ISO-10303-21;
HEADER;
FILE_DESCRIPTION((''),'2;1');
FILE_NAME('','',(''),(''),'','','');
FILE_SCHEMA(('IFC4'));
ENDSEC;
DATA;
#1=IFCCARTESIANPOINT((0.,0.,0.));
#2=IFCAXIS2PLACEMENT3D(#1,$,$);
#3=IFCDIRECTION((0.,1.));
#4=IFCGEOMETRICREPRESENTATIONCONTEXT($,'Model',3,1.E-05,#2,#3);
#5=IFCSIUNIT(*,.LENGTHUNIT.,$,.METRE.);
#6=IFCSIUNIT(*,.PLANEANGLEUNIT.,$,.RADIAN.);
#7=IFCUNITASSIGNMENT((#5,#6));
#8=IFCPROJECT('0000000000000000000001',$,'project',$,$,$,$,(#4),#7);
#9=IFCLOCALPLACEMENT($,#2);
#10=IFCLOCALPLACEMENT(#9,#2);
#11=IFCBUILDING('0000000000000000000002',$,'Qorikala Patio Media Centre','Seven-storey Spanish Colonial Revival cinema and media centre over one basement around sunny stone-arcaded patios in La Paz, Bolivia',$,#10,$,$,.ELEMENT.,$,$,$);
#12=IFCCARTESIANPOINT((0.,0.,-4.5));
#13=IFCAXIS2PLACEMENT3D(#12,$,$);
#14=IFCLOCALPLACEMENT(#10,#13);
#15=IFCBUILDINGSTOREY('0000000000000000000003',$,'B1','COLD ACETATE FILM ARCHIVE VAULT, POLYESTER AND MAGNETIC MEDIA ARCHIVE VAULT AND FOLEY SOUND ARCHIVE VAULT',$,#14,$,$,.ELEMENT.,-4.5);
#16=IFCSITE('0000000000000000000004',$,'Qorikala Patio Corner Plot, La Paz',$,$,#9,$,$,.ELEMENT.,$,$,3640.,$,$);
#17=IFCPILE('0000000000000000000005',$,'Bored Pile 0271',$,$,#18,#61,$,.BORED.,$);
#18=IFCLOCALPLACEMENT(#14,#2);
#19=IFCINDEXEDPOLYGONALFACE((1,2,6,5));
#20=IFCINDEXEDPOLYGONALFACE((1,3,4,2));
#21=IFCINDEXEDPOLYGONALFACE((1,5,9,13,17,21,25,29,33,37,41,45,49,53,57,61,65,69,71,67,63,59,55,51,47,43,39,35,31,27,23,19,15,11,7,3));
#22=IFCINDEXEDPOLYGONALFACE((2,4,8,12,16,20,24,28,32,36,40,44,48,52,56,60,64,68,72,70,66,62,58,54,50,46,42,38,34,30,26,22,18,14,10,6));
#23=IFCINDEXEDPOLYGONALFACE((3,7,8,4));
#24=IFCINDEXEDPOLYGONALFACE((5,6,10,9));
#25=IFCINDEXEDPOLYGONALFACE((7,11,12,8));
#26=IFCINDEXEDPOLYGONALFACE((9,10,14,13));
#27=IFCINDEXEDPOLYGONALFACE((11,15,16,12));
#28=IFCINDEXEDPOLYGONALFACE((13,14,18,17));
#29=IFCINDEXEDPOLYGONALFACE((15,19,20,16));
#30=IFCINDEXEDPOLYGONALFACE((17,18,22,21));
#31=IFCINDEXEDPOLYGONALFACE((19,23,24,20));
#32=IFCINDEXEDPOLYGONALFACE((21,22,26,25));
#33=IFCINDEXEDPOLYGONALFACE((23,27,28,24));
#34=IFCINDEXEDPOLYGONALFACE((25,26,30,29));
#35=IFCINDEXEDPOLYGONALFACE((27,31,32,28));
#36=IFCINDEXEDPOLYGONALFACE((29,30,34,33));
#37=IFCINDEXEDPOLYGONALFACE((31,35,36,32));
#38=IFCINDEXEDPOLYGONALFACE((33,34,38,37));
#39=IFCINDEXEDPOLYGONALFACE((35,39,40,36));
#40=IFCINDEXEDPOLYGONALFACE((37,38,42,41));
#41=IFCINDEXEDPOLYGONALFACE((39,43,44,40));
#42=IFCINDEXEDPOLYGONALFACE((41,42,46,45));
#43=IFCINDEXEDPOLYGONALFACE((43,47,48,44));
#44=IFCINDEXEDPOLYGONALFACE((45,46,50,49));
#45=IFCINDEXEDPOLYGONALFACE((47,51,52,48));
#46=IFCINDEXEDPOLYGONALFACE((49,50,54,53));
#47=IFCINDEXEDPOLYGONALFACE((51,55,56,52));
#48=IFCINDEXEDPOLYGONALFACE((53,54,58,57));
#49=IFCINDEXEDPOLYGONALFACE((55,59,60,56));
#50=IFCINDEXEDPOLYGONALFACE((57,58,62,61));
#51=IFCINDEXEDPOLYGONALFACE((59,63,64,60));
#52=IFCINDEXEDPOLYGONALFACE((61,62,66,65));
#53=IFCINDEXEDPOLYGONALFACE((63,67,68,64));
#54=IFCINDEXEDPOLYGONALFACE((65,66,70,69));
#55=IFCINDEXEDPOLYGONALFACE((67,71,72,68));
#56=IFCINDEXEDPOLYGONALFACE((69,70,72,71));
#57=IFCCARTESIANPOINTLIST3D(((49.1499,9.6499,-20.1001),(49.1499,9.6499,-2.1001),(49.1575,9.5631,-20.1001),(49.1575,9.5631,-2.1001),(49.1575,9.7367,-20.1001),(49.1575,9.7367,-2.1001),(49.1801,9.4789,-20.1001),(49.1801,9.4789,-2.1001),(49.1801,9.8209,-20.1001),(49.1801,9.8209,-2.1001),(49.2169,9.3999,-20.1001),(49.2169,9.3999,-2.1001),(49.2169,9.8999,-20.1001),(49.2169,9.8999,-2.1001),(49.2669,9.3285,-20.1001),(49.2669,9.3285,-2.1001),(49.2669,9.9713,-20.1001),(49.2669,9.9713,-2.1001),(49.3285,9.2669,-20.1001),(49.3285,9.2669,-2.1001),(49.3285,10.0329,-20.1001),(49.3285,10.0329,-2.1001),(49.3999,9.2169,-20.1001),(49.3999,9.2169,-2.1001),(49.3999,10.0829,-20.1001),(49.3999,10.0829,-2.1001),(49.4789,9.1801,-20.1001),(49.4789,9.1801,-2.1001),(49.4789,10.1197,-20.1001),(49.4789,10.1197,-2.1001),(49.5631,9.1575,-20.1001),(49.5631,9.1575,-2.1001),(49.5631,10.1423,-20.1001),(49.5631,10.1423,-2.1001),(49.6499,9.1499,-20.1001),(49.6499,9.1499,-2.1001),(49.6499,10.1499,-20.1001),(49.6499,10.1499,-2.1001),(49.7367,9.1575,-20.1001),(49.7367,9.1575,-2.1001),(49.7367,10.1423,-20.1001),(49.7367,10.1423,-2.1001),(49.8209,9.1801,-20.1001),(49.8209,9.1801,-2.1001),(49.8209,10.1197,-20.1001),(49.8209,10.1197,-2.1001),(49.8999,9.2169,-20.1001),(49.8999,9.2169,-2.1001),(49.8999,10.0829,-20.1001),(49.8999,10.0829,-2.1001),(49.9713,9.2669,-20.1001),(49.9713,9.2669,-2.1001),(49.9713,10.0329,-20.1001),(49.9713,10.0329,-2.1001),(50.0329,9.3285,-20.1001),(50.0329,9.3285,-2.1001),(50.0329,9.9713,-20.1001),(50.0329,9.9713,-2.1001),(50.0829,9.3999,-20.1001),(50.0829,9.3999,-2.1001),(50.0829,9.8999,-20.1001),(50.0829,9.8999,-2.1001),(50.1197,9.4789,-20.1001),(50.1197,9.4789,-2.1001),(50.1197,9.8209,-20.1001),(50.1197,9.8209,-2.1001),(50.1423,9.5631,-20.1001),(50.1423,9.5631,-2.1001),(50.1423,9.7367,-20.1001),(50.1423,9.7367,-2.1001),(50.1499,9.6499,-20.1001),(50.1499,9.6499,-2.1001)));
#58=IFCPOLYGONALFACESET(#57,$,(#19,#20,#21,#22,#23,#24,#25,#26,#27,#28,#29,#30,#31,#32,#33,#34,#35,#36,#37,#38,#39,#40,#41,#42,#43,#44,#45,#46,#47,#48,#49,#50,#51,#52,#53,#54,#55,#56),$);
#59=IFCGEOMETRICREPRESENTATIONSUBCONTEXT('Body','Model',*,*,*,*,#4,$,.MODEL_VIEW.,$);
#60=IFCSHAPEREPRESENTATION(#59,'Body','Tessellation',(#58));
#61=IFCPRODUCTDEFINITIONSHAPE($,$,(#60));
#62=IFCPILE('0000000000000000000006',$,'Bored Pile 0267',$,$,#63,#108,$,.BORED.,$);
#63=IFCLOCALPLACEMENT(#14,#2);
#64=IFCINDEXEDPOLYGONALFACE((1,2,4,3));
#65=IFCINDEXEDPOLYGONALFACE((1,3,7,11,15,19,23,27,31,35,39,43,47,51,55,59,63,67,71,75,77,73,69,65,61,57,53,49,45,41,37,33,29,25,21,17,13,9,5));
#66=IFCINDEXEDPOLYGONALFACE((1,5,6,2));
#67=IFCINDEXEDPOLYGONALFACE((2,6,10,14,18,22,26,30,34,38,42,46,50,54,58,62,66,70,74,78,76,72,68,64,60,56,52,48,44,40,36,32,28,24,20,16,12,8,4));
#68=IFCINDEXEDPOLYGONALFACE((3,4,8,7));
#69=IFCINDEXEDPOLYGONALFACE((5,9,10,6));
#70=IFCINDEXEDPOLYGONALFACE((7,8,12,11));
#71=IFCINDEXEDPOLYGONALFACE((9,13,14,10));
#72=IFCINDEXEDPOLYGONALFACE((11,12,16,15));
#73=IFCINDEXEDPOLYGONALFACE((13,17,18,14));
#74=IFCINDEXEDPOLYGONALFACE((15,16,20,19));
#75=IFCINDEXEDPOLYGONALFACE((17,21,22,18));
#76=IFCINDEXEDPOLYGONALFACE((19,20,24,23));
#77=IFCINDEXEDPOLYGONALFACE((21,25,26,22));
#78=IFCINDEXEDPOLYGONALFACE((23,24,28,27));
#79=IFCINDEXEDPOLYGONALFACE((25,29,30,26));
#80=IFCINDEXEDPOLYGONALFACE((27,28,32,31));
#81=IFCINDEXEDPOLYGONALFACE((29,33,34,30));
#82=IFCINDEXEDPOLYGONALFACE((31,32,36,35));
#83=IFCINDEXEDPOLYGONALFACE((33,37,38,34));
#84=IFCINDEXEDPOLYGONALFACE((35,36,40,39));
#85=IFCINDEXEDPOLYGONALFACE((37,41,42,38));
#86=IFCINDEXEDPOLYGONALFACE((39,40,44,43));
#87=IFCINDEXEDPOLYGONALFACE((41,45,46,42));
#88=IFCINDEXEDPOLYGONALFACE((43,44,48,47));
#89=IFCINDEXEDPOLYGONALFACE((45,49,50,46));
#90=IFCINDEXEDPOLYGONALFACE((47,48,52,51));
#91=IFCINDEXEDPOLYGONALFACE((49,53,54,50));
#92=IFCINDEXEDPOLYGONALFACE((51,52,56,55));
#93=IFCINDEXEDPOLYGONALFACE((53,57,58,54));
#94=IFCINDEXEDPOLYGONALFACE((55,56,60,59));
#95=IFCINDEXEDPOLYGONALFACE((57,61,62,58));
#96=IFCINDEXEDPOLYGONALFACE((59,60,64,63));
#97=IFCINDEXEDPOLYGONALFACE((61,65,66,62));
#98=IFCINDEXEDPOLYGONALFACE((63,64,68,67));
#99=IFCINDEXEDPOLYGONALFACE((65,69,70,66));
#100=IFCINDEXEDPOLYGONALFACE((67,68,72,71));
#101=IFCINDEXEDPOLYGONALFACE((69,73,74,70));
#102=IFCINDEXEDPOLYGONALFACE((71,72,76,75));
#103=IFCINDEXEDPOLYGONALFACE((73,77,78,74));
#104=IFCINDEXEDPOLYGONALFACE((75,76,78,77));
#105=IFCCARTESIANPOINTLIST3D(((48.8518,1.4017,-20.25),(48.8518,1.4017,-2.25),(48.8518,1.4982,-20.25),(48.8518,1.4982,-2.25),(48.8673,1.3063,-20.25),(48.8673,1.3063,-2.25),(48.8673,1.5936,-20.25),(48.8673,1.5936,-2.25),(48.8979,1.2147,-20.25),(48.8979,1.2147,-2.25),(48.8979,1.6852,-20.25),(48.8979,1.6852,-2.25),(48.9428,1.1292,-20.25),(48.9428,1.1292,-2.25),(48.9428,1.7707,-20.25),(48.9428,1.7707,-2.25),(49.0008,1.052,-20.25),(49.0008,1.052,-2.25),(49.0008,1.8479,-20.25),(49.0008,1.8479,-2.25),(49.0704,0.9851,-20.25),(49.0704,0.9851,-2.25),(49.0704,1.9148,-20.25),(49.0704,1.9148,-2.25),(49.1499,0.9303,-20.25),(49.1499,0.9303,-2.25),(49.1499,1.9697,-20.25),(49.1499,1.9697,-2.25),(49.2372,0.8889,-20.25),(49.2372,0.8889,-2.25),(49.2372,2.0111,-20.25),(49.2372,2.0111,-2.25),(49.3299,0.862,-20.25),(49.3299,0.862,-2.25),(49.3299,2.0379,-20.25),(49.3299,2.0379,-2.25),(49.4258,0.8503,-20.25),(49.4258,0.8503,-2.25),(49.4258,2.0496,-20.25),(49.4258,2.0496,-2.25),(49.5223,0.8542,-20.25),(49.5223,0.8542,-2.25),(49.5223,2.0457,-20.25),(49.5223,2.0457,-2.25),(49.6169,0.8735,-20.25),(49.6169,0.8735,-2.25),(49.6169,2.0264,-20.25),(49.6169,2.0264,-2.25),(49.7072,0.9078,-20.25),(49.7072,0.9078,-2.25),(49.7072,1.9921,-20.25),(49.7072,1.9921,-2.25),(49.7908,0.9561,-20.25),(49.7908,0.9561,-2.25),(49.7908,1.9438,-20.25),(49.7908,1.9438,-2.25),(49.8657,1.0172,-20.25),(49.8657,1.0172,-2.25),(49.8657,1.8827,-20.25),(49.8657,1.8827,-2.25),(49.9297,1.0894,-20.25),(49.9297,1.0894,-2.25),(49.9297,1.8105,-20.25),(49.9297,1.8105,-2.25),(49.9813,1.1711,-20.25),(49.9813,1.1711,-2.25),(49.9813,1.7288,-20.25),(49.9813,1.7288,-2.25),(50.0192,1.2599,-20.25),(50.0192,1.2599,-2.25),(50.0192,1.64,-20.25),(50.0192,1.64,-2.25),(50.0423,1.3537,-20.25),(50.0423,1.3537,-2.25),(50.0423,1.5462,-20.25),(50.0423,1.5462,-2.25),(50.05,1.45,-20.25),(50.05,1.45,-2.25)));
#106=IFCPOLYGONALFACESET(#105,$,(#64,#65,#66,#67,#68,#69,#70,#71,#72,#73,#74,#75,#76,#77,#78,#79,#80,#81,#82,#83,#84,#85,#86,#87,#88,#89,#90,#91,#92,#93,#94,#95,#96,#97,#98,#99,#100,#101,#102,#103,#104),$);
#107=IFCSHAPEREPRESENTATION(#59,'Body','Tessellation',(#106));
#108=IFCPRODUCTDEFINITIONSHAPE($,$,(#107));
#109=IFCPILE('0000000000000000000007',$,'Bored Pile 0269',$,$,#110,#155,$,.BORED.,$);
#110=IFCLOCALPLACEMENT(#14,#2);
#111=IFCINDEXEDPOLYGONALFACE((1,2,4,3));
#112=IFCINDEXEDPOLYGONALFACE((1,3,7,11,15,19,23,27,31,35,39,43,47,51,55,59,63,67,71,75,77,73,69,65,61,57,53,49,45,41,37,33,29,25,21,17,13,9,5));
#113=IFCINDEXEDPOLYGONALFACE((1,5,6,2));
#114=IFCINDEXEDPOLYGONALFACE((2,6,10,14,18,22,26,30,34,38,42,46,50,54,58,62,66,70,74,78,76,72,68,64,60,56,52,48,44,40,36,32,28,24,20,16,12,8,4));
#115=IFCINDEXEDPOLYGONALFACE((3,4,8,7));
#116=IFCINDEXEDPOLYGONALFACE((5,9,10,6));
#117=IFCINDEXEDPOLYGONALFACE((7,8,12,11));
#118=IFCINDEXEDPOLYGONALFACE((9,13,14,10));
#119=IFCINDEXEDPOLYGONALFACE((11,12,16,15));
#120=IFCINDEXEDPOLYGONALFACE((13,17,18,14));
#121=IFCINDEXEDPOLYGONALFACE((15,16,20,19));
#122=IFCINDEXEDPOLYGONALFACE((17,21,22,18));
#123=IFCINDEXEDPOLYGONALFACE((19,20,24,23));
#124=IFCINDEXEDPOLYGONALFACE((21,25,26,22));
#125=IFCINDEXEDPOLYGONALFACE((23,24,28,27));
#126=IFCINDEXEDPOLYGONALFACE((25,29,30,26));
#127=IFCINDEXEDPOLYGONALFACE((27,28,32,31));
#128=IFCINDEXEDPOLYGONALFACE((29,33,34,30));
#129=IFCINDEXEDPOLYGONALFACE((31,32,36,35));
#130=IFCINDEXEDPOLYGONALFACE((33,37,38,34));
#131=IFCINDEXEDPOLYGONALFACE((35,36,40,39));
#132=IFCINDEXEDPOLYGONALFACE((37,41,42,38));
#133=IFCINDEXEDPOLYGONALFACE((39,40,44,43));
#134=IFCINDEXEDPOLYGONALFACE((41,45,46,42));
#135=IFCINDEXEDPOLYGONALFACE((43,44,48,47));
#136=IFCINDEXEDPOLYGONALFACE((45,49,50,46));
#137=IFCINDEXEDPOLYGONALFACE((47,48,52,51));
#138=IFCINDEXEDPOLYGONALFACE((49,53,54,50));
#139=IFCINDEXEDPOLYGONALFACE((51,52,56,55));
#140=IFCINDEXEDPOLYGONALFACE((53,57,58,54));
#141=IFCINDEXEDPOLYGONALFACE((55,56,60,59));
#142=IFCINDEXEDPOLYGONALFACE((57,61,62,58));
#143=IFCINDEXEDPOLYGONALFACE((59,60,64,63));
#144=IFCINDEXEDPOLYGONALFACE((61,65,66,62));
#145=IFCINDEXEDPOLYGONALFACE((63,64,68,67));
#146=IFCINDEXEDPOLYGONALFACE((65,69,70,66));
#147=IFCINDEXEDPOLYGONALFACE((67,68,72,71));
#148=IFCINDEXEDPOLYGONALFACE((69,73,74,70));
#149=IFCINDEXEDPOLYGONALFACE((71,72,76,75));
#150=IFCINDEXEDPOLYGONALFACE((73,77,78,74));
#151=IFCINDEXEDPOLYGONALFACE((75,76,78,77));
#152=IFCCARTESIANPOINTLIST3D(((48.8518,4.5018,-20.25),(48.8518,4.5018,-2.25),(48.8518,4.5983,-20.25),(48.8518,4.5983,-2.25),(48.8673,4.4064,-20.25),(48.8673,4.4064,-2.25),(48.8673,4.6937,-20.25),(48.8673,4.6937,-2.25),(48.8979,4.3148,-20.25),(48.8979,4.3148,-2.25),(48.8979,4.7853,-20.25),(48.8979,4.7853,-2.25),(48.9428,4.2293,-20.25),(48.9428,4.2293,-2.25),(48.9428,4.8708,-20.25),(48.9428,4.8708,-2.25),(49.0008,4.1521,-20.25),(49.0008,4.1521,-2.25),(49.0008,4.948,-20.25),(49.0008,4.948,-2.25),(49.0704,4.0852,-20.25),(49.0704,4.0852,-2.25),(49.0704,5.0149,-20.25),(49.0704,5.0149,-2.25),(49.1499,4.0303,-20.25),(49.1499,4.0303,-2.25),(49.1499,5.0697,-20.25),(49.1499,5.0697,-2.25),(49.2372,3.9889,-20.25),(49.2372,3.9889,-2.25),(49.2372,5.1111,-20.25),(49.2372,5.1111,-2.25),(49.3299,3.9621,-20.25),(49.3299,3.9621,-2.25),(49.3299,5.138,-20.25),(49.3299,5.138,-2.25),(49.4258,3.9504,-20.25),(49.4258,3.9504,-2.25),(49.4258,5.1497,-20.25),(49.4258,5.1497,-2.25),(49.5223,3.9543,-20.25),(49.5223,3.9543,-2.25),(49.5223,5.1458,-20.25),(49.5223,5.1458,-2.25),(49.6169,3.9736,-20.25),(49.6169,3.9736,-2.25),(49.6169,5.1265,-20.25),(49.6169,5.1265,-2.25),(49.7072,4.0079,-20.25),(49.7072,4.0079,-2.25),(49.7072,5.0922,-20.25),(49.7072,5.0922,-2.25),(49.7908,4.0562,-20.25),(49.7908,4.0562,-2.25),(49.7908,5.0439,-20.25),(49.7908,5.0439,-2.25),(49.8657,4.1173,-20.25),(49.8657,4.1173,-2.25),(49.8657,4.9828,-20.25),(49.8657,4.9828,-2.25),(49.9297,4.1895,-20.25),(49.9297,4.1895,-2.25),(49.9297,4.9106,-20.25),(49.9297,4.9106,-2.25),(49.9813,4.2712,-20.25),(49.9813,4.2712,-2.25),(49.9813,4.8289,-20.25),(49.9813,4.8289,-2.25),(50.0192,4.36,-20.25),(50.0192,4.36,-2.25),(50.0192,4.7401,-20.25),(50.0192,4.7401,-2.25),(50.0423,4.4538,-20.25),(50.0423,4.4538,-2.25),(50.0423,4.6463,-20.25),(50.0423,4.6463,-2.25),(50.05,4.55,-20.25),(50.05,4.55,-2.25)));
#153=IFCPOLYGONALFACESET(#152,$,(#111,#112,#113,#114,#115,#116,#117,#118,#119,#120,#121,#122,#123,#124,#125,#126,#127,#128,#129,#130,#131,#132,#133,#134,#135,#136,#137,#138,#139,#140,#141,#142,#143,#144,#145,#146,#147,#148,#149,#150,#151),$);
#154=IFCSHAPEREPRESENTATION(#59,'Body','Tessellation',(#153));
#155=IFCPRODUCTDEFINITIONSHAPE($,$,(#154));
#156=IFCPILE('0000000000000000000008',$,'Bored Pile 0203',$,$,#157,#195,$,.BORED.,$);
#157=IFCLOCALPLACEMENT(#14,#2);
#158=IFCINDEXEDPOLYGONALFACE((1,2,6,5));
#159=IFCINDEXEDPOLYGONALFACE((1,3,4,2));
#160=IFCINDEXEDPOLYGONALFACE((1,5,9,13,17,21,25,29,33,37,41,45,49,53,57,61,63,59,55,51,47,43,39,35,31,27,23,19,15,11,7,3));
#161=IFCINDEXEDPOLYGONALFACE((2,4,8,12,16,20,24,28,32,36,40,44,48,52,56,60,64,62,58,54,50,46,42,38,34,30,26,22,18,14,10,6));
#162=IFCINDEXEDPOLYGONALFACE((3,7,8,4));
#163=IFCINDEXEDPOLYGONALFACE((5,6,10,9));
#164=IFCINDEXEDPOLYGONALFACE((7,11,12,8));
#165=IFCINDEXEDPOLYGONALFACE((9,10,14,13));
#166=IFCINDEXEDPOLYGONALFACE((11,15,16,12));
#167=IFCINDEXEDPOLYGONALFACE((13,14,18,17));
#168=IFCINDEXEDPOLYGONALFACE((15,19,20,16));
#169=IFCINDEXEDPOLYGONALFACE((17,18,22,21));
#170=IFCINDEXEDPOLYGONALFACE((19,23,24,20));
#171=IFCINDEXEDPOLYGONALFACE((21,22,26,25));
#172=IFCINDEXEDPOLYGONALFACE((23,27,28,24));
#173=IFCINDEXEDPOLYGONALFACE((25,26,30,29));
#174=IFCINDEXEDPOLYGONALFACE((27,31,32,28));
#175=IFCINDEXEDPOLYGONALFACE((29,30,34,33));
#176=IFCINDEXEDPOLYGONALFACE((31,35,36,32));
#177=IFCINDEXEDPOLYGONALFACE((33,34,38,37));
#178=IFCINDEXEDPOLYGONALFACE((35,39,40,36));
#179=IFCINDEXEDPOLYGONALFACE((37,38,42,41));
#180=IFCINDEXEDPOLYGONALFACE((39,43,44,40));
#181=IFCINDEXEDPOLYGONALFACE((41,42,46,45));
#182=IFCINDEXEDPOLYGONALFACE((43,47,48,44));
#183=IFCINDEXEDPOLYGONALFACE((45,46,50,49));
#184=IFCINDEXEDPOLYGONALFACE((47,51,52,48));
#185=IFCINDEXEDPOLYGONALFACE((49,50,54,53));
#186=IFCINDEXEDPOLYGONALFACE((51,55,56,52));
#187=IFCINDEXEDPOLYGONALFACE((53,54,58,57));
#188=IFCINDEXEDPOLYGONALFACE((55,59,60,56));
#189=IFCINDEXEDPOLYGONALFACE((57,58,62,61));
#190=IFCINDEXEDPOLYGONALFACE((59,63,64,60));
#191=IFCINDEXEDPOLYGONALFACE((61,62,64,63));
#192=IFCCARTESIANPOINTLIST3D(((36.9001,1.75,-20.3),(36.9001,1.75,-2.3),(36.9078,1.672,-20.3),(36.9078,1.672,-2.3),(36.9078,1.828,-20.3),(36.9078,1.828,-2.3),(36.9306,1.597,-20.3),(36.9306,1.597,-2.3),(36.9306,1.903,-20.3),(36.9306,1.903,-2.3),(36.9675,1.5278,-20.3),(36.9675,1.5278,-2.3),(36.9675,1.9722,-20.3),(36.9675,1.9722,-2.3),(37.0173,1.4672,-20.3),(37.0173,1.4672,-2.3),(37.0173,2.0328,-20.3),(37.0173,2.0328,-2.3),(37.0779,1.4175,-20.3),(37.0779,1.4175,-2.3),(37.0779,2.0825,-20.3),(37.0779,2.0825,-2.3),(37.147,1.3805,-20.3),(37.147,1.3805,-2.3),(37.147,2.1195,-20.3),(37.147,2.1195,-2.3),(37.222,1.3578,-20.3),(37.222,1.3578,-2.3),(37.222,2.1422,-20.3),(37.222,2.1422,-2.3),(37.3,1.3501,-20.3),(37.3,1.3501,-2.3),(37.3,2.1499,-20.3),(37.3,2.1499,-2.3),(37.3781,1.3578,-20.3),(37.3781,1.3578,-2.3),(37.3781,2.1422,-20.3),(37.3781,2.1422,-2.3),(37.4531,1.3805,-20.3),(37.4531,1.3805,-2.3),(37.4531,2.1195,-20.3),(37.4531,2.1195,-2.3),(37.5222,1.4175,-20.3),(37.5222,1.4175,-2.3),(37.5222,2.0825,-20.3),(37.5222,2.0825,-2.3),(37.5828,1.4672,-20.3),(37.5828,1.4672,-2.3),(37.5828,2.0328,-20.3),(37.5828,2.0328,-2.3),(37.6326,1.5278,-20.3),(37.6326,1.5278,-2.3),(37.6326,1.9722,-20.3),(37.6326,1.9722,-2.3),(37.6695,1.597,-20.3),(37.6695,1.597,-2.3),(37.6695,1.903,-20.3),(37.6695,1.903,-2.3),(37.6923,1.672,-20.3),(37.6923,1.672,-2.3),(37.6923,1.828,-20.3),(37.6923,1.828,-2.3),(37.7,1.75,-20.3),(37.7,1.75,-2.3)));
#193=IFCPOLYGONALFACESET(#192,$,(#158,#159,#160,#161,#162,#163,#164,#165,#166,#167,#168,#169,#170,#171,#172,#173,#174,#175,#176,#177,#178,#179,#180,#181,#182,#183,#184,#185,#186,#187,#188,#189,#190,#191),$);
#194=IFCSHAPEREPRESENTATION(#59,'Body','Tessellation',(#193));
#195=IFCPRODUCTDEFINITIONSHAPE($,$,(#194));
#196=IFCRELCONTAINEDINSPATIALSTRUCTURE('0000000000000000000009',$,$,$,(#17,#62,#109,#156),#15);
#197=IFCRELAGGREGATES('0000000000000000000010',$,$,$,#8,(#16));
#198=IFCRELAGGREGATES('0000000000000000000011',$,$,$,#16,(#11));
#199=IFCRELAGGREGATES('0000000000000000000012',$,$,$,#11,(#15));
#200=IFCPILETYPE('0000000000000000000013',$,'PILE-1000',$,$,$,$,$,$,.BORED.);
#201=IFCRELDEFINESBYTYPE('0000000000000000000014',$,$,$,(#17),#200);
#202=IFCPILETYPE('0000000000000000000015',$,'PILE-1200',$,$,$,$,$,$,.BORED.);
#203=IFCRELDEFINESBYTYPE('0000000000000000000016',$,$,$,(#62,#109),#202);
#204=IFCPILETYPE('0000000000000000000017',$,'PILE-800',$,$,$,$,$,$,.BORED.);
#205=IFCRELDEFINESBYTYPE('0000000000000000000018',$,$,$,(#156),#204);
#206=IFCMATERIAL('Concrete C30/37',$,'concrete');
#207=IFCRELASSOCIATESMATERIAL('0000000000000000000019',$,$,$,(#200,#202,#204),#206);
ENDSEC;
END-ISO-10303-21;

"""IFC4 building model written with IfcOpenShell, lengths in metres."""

from ifc_helpers import new_model, si_unit, direction, frame, origin, origin_2d, place, context, subcontext, project, spatial, circle, extrude, material, material_profile, profile_set, type_object, element, save


model = new_model("IFC4")

# Units and contexts
model_context = context("Model", 3, precision=1e-05, world=origin(), true_north=direction((0.0, 1.0)))
body_context = subcontext(model_context, "Body", "Model", "MODEL_VIEW")
ifc_project = project(units=[si_unit("LENGTHUNIT", "METRE"), si_unit("PLANEANGLEUNIT", "RADIAN")], contexts=[model_context])

# Site, building, storey
site_placement = place(None, origin())
site = spatial("IfcSite", under=ifc_project, at=site_placement, Name="Qorikala Patio Corner Plot, La Paz", CompositionType="ELEMENT", RefElevation=3640.0)
building_placement = place(site_placement, origin())
building = spatial("IfcBuilding", under=site, at=building_placement, Name="Qorikala Patio Media Centre", Description="Seven-storey Spanish Colonial Revival cinema and media centre over one basement around sunny stone-arcaded patios in La Paz, Bolivia", CompositionType="ELEMENT")
storey_placement = place(building_placement, frame((0.0, 0.0, -4.5)))
storey = spatial("IfcBuildingStorey", under=building, at=storey_placement, Name="B1", Description="COLD ACETATE FILM ARCHIVE VAULT, POLYESTER AND MAGNETIC MEDIA ARCHIVE VAULT AND FOLEY SOUND ARCHIVE VAULT", CompositionType="ELEMENT", Elevation=-4.5)

# Shared definitions
ifc_material_1 = material(Name="Concrete C30/37", Category="concrete")

# Piles
ifc_material_profile_1 = material_profile(ifc_material_1, circle(Radius=0.5, at=origin_2d()), Name="BORED PILE 1000")
ifc_profile_set_1 = profile_set([ifc_material_profile_1], Name="Concrete C30/37")
pile_type_1 = type_object("IfcPileType", Name="PILE-1000", PredefinedType="BORED", material=ifc_profile_set_1)
for number, where, z_axis, x_axis, name in (
    (1, (49.6499, 9.6499, -2.1001), (0.0, 0.0, -1.0), (1.0, 0.0, 0.0), "Bored Pile 0271"),
):
    element("IfcPile", number, at=place(storey_placement, frame(where, z_axis=z_axis, x_axis=x_axis)), inside=storey, type_object=pile_type_1, Name=name, PredefinedType="BORED", context=body_context, shape_type="SweptSolid", body=[
        extrude(circle(Radius=0.5, at=origin_2d()), origin(), (0.0, 0.0, 1.0), 18.0),
    ])
ifc_material_profile_2 = material_profile(ifc_material_1, circle(Radius=0.6001, at=origin_2d()), Name="BORED PILE 1200")
ifc_profile_set_2 = profile_set([ifc_material_profile_2], Name="Concrete C30/37")
pile_type_2 = type_object("IfcPileType", Name="PILE-1200", PredefinedType="BORED", material=ifc_profile_set_2)
for number, where, z_axis, x_axis, name in (
    (2, (49.45, 1.45, -2.25), (0.0, 0.0, -1.0), (1.0, 0.0, 0.0), "Bored Pile 0267"),
    (3, (49.45, 4.55, -2.25), (0.0, 0.0, -1.0), (1.0, 0.0, 0.0), "Bored Pile 0269"),
):
    element("IfcPile", number, at=place(storey_placement, frame(where, z_axis=z_axis, x_axis=x_axis)), inside=storey, type_object=pile_type_2, Name=name, PredefinedType="BORED", context=body_context, shape_type="SweptSolid", body=[
        extrude(circle(Radius=0.6001, at=origin_2d()), origin(), (0.0, 0.0, 1.0), 18.0),
    ])
ifc_material_profile_3 = material_profile(ifc_material_1, circle(Radius=0.3999, at=origin_2d()), Name="BORED PILE 800")
ifc_profile_set_3 = profile_set([ifc_material_profile_3], Name="Concrete C30/37")
pile_type_3 = type_object("IfcPileType", Name="PILE-800", PredefinedType="BORED", material=ifc_profile_set_3)
for number, where, z_axis, x_axis, name in (
    (4, (37.3, 1.75, -2.3), (0.0, 0.0, -1.0), (1.0, 0.0, 0.0), "Bored Pile 0203"),
):
    element("IfcPile", number, at=place(storey_placement, frame(where, z_axis=z_axis, x_axis=x_axis)), inside=storey, type_object=pile_type_3, Name=name, PredefinedType="BORED", context=body_context, shape_type="SweptSolid", body=[
        extrude(circle(Radius=0.3999, at=origin_2d()), origin(), (0.0, 0.0, 1.0), 18.0),
    ])

save(model, "model.ifc")
